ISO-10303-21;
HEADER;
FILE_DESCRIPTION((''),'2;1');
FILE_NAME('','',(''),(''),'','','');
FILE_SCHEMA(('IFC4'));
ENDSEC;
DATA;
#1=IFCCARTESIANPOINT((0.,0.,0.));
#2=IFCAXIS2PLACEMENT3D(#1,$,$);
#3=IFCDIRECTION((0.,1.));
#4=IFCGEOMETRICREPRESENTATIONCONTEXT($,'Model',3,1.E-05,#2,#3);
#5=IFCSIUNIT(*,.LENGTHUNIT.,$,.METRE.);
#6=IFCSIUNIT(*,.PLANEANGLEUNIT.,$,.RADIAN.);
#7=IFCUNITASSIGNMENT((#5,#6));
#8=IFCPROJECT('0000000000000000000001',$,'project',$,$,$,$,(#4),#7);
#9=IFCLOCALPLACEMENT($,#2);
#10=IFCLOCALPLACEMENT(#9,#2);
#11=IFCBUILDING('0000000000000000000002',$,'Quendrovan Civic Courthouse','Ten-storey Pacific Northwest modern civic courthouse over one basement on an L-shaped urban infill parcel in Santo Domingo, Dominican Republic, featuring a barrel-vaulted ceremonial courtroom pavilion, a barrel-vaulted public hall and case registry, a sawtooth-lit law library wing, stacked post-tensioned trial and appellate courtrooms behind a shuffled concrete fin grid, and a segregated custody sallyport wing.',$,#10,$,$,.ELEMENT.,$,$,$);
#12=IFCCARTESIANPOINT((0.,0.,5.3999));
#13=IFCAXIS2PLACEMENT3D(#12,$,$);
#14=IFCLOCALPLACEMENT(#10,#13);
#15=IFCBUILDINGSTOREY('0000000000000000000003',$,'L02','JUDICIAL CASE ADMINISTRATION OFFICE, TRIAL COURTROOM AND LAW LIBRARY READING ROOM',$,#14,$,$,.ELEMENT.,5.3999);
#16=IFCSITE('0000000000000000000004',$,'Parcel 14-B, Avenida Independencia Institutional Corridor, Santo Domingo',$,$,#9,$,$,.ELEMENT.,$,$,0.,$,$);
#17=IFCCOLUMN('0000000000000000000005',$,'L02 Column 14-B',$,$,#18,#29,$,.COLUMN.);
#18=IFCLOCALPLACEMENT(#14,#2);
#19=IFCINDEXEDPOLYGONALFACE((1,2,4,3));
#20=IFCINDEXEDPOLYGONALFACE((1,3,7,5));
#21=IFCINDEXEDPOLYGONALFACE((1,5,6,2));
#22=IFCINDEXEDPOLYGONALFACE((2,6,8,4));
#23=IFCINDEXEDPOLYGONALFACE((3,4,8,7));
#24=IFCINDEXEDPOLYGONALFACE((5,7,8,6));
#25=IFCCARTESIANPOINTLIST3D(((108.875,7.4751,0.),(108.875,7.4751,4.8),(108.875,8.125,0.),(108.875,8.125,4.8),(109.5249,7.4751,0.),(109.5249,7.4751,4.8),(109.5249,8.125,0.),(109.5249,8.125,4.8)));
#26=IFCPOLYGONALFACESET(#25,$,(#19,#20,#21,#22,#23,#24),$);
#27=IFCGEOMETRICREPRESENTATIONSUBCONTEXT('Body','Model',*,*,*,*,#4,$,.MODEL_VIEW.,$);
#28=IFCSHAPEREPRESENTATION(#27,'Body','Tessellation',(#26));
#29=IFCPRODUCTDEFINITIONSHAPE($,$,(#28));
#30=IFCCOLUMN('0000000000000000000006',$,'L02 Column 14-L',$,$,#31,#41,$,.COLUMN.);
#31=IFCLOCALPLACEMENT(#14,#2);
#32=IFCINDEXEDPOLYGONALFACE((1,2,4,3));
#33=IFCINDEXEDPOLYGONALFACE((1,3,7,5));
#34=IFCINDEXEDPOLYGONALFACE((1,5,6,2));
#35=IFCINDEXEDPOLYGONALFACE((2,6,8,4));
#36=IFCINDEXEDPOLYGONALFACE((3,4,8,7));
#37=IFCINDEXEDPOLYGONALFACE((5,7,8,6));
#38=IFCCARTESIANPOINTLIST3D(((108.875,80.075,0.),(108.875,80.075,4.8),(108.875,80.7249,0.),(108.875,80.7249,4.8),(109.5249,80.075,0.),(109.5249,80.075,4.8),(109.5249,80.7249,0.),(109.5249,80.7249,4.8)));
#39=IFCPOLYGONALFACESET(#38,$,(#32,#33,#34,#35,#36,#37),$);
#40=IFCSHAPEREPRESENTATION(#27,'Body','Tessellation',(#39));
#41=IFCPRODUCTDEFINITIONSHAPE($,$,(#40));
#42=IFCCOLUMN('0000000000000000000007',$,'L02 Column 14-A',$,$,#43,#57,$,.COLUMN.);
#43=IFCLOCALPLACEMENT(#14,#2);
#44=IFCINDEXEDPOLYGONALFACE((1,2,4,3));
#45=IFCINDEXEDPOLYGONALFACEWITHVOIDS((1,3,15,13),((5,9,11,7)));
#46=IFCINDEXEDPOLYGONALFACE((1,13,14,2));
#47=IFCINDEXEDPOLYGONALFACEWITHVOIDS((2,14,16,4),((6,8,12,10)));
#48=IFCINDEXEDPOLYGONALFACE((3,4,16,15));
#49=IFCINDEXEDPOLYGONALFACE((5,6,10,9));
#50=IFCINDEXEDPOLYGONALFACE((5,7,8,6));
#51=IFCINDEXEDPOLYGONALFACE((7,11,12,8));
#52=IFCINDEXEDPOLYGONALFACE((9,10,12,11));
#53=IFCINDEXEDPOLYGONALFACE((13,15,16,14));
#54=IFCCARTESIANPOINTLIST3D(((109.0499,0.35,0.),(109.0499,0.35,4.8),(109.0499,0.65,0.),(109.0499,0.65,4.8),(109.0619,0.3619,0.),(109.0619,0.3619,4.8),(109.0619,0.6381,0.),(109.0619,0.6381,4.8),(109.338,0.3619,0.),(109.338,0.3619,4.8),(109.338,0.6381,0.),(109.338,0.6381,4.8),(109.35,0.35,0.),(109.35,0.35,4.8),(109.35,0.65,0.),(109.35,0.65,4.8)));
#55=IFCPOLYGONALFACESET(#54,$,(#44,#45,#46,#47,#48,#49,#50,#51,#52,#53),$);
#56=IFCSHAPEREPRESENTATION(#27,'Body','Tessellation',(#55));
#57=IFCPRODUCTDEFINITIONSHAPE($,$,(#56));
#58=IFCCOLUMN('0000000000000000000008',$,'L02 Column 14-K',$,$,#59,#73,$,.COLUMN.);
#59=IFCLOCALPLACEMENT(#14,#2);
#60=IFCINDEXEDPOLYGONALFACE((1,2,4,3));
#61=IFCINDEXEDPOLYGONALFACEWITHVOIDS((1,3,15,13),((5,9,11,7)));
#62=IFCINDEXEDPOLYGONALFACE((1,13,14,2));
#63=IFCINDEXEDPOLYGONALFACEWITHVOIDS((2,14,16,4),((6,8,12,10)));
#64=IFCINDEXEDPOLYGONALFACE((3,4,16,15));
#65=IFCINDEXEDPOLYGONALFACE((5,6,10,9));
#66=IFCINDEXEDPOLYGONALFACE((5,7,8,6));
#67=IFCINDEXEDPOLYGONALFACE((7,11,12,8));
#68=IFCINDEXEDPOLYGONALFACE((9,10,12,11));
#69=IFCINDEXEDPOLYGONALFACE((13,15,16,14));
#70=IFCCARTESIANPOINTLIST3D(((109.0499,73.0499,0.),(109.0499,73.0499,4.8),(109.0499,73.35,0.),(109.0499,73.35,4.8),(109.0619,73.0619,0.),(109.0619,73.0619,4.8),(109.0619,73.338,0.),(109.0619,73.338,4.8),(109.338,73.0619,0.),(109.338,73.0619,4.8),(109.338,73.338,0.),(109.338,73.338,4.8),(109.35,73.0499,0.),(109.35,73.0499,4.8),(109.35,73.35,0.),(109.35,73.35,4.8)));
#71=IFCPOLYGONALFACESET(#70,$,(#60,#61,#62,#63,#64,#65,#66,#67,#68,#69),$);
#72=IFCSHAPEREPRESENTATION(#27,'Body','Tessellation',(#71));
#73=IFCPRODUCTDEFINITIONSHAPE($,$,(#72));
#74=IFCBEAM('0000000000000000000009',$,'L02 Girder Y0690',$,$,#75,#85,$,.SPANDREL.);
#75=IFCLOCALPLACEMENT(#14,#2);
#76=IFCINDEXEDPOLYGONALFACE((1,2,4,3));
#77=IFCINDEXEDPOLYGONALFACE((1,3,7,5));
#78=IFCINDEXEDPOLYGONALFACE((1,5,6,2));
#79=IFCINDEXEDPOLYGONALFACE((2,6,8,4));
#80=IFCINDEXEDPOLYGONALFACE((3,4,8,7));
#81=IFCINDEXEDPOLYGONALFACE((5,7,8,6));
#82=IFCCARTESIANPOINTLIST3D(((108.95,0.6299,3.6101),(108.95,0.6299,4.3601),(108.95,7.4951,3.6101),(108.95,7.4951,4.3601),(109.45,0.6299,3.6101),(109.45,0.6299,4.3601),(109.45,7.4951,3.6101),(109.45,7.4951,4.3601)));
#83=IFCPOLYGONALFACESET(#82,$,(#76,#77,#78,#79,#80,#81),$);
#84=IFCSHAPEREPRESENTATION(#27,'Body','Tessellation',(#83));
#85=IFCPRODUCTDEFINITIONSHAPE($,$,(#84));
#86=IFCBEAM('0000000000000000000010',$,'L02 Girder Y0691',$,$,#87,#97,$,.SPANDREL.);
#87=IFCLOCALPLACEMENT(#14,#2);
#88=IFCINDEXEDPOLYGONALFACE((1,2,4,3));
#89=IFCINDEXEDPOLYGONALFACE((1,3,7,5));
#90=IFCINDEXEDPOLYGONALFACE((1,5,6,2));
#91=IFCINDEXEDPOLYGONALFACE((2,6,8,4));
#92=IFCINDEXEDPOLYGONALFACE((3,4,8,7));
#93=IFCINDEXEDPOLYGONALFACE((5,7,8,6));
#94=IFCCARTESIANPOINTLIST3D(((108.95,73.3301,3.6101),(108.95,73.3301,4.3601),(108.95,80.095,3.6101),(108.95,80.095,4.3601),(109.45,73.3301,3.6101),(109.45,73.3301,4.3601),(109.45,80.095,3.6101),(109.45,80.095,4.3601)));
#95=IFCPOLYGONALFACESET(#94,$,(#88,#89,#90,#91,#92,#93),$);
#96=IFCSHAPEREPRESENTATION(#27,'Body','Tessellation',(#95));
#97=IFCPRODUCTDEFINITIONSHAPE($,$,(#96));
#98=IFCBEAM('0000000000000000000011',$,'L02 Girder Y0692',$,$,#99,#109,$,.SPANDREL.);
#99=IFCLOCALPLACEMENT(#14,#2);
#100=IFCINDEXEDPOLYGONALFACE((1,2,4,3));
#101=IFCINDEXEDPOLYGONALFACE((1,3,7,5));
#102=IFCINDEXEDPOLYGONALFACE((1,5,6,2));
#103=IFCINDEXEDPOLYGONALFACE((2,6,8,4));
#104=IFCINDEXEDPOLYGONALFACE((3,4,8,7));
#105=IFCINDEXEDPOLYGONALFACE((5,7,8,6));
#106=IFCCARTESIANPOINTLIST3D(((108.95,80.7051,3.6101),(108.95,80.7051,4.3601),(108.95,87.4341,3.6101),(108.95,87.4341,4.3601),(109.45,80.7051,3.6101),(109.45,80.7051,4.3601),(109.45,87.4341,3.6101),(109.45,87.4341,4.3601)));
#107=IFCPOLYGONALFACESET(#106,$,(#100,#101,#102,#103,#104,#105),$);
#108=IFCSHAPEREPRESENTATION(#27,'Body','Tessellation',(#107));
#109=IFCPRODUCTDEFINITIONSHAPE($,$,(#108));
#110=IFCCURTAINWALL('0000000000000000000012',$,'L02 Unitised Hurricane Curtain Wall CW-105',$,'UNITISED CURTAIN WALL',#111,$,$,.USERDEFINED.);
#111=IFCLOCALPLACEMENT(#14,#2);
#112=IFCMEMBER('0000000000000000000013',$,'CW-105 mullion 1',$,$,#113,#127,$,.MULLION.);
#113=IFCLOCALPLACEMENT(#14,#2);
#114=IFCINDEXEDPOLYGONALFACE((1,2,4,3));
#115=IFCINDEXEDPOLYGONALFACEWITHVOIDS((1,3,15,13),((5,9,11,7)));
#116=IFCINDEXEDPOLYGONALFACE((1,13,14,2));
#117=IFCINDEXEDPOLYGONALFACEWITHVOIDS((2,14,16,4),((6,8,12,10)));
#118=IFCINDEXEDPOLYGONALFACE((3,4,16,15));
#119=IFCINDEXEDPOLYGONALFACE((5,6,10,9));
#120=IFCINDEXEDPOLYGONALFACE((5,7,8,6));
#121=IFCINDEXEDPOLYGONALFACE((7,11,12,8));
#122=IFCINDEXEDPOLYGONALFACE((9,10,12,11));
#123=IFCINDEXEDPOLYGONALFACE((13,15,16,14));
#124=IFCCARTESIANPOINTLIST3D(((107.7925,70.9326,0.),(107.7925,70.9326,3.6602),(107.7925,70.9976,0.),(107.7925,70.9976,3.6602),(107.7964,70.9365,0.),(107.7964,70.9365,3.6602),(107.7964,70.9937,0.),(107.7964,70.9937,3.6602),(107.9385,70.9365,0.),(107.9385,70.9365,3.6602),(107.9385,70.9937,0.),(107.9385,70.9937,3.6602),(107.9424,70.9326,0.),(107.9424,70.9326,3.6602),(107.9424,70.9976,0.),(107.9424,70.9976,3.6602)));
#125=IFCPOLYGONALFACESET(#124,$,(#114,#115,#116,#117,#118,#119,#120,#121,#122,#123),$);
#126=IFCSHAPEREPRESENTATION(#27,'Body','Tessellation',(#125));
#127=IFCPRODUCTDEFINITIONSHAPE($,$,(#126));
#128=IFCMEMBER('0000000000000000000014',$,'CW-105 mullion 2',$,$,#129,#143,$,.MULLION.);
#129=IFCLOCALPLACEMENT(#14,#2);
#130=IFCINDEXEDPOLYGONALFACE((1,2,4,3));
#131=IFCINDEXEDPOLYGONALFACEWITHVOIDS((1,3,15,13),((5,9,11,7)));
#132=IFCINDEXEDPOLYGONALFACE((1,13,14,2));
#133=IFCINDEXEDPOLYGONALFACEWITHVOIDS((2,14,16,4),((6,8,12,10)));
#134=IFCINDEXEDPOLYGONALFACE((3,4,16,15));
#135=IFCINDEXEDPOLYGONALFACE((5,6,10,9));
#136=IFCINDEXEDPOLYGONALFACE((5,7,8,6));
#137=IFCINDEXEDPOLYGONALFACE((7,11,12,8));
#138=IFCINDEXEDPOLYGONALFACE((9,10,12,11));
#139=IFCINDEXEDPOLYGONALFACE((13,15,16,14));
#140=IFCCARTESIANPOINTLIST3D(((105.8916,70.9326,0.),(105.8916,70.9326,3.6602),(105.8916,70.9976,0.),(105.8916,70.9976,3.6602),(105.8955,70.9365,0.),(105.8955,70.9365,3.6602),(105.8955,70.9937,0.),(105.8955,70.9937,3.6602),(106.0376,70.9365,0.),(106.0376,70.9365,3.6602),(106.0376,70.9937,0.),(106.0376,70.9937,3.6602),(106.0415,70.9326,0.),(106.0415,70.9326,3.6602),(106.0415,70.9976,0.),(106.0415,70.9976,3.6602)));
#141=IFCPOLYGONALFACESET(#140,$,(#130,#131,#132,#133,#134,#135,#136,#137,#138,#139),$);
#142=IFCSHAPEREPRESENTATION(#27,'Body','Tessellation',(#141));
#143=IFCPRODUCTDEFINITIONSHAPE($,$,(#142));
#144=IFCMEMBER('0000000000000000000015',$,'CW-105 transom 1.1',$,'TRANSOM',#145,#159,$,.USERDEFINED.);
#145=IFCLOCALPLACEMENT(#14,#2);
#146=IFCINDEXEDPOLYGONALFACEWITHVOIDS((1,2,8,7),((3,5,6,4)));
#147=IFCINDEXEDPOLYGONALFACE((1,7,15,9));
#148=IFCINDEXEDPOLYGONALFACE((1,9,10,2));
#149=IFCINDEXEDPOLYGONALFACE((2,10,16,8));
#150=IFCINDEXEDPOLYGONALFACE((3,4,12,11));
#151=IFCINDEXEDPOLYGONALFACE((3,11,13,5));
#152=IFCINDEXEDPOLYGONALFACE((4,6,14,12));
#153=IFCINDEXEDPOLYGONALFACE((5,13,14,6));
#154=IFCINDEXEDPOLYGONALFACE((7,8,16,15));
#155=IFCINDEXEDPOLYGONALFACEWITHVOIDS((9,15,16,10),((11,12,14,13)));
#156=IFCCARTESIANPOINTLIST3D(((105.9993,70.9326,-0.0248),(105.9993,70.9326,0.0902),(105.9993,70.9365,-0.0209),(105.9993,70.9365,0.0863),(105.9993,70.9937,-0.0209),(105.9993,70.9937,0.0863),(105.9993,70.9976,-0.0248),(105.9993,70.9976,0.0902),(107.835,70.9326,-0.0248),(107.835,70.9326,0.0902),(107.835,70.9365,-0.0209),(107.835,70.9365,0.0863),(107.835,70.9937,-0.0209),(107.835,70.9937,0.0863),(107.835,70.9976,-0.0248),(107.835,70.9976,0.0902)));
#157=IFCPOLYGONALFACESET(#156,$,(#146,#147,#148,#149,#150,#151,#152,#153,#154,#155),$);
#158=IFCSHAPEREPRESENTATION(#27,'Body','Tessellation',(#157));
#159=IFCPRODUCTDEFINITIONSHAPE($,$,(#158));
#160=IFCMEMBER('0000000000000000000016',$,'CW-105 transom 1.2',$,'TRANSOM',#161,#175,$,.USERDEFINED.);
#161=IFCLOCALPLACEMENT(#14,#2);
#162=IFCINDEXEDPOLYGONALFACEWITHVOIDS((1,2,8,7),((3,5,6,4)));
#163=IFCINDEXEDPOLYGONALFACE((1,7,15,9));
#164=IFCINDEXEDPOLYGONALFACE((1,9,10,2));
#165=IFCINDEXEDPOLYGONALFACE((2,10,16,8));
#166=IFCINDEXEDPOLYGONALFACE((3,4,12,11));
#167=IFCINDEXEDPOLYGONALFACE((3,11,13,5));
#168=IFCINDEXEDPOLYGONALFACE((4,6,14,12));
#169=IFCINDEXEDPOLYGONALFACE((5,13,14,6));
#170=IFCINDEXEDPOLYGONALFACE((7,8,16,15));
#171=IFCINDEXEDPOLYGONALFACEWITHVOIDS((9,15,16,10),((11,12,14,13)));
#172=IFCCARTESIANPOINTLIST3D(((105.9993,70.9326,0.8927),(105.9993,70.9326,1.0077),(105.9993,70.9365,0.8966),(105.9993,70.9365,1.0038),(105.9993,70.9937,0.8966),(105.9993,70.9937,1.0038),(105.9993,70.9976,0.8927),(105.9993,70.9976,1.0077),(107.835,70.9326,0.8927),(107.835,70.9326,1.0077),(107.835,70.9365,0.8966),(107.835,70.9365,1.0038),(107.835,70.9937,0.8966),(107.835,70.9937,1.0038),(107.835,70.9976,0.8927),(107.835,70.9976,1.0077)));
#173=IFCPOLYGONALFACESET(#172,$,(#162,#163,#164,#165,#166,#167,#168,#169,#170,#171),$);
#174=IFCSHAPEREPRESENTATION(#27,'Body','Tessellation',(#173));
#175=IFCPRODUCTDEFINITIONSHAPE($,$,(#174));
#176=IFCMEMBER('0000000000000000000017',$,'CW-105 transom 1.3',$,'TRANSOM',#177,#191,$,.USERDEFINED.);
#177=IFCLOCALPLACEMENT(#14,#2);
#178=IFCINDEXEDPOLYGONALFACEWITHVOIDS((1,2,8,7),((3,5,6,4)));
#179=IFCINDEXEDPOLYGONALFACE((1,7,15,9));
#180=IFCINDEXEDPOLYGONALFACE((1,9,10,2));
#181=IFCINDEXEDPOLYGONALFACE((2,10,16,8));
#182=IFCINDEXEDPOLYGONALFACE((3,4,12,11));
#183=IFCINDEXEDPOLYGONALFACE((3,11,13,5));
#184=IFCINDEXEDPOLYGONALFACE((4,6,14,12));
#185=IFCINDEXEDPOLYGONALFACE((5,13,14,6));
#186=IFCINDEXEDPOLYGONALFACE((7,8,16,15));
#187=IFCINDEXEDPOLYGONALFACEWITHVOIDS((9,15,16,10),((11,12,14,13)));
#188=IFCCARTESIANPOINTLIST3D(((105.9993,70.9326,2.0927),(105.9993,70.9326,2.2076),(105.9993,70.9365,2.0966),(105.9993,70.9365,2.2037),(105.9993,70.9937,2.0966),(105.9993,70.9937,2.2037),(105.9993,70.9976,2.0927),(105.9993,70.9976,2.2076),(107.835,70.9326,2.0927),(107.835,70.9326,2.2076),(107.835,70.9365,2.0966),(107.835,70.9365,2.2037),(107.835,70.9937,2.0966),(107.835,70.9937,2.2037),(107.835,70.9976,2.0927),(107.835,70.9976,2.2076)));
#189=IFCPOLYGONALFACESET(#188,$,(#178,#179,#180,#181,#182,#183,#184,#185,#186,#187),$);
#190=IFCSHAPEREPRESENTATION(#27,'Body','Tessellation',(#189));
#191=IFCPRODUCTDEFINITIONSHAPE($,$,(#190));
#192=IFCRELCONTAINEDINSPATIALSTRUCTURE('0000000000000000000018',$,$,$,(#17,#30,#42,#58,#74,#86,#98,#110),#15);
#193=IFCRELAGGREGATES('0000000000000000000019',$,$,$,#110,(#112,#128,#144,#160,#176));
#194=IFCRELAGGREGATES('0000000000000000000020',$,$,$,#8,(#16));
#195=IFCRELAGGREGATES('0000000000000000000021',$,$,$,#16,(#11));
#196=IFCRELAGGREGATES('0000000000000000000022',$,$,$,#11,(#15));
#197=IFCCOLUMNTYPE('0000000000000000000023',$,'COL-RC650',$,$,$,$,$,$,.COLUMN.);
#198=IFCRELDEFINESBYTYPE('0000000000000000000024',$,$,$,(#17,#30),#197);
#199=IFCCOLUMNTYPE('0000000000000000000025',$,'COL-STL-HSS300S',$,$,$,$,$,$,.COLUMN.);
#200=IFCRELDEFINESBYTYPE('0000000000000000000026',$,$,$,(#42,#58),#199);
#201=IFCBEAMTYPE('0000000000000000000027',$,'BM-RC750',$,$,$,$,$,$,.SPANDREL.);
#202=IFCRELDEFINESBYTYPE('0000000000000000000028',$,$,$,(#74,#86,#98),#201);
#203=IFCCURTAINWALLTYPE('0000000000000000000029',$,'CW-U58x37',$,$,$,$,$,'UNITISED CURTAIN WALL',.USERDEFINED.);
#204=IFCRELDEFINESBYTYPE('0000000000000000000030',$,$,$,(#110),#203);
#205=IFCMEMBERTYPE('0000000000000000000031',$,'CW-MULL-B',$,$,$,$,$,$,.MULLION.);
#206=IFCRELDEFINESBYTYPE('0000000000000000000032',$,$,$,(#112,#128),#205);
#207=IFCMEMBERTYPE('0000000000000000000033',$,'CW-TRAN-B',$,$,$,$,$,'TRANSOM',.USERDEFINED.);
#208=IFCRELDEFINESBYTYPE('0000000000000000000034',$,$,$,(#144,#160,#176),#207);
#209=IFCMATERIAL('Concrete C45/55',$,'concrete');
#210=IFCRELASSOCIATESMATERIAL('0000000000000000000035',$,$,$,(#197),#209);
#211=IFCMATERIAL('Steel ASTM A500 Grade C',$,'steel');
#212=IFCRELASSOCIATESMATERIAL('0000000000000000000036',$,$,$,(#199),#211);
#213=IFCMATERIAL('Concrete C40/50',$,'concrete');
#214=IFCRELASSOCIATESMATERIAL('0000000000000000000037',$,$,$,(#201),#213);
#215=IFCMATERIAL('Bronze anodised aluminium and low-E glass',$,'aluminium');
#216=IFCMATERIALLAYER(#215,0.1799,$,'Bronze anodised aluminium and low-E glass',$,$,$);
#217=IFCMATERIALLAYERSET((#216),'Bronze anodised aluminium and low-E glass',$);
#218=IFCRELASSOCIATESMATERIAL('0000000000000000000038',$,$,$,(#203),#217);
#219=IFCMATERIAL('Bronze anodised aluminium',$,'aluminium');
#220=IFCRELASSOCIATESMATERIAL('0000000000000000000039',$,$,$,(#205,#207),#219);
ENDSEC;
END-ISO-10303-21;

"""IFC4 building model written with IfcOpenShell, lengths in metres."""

from ifc_helpers import new_model, si_unit, direction, frame, origin, origin_2d, place, context, subcontext, project, spatial, rectangle, hollow_rectangle, extrude, material, layer, layer_set, material_profile, profile_set, type_object, element, aggregate, save


model = new_model("IFC4")

# Units and contexts
model_context = context("Model", 3, precision=1e-05, world=origin(), true_north=direction((0.0, 1.0)))
body_context = subcontext(model_context, "Body", "Model", "MODEL_VIEW")
ifc_project = project(units=[si_unit("LENGTHUNIT", "METRE"), si_unit("PLANEANGLEUNIT", "RADIAN")], contexts=[model_context])

# Site, building, storey
site_placement = place(None, origin())
site = spatial("IfcSite", under=ifc_project, at=site_placement, Name="Parcel 14-B, Avenida Independencia Institutional Corridor, Santo Domingo", CompositionType="ELEMENT", RefElevation=0.0)
building_placement = place(site_placement, origin())
building = spatial("IfcBuilding", under=site, at=building_placement, Name="Quendrovan Civic Courthouse", Description="Ten-storey Pacific Northwest modern civic courthouse over one basement on an L-shaped urban infill parcel in Santo Domingo, Dominican Republic, featuring a barrel-vaulted ceremonial courtroom pavilion, a barrel-vaulted public hall and case registry, a sawtooth-lit law library wing, stacked post-tensioned trial and appellate courtrooms behind a shuffled concrete fin grid, and a segregated custody sallyport wing.", CompositionType="ELEMENT")
storey_placement = place(building_placement, frame((0.0, 0.0, 5.3999)))
storey = spatial("IfcBuildingStorey", under=building, at=storey_placement, Name="L02", Description="JUDICIAL CASE ADMINISTRATION OFFICE, TRIAL COURTROOM AND LAW LIBRARY READING ROOM", CompositionType="ELEMENT", Elevation=5.3999)

# Columns
ifc_material_1 = material(Name="Concrete C45/55", Category="concrete")
ifc_material_profile_1 = material_profile(ifc_material_1, rectangle(XDim=0.6499, YDim=0.6499, at=origin_2d()), Name="RC-COL-650x650")
ifc_profile_set_1 = profile_set([ifc_material_profile_1], Name="Concrete C45/55")
column_type_1 = type_object("IfcColumnType", Name="COL-RC650", PredefinedType="COLUMN", material=ifc_profile_set_1)
for number, where, z_axis, x_axis, name in (
    (1, (109.2, 7.8, 0.0), (0.0, 0.0, 1.0), (1.0, 0.0, 0.0), "L02 Column 14-B"),
    (2, (109.2, 80.3999, 0.0), (0.0, 0.0, 1.0), (1.0, 0.0, 0.0), "L02 Column 14-L"),
):
    element("IfcColumn", number, at=place(storey_placement, frame(where, z_axis=z_axis, x_axis=x_axis)), inside=storey, type_object=column_type_1, Name=name, PredefinedType="COLUMN", context=body_context, shape_type="SweptSolid", body=[
        extrude(rectangle(XDim=0.6499, YDim=0.6499, at=origin_2d()), origin(), (0.0, 0.0, 1.0), 4.8),
    ])
ifc_material_2 = material(Name="Steel ASTM A500 Grade C", Category="steel")
ifc_material_profile_2 = material_profile(ifc_material_2, hollow_rectangle(XDim=0.3, YDim=0.3, WallThickness=0.012, at=origin_2d()), Name="HSS300x300x12")
ifc_profile_set_2 = profile_set([ifc_material_profile_2], Name="Steel ASTM A500 Grade C")
column_type_2 = type_object("IfcColumnType", Name="COL-STL-HSS300S", PredefinedType="COLUMN", material=ifc_profile_set_2)
for number, where, z_axis, x_axis, name in (
    (3, (109.2, 0.5, 0.0), (0.0, 0.0, 1.0), (1.0, 0.0, 0.0), "L02 Column 14-A"),
    (4, (109.2, 73.2, 0.0), (0.0, 0.0, 1.0), (1.0, 0.0, 0.0), "L02 Column 14-K"),
):
    element("IfcColumn", number, at=place(storey_placement, frame(where, z_axis=z_axis, x_axis=x_axis)), inside=storey, type_object=column_type_2, Name=name, PredefinedType="COLUMN", context=body_context, shape_type="SweptSolid", body=[
        extrude(hollow_rectangle(XDim=0.3, YDim=0.3, WallThickness=0.012, at=origin_2d()), origin(), (0.0, 0.0, 1.0), 4.8),
    ])

# Beams
ifc_material_3 = material(Name="Concrete C40/50", Category="concrete")
ifc_material_profile_3 = material_profile(ifc_material_3, rectangle(XDim=0.5, YDim=0.75, at=origin_2d()), Name="RC-BM-500x750")
ifc_profile_set_3 = profile_set([ifc_material_profile_3], Name="Concrete C40/50")
beam_type = type_object("IfcBeamType", Name="BM-RC750", PredefinedType="SPANDREL", material=ifc_profile_set_3)
beam_1_placement = place(storey_placement, frame((109.2, 0.6299, 3.9851), z_axis=(0.0, 1.0, 0.0), x_axis=(-1.0, 0.0, 0.0)))
element("IfcBeam", 5, at=beam_1_placement, inside=storey, type_object=beam_type, Name="L02 Girder Y0690", PredefinedType="SPANDREL", context=body_context, shape_type="SweptSolid", body=[
    extrude(rectangle(XDim=0.5, YDim=0.75, at=origin_2d()), origin(), (0.0, 0.0, 1.0), 6.8652),
])
beam_2_placement = place(storey_placement, frame((109.2, 73.3301, 3.9851), z_axis=(0.0, 1.0, 0.0), x_axis=(-1.0, 0.0, 0.0)))
element("IfcBeam", 6, at=beam_2_placement, inside=storey, type_object=beam_type, Name="L02 Girder Y0691", PredefinedType="SPANDREL", context=body_context, shape_type="SweptSolid", body=[
    extrude(rectangle(XDim=0.5, YDim=0.75, at=origin_2d()), origin(), (0.0, 0.0, 1.0), 6.7649),
])
beam_3_placement = place(storey_placement, frame((109.2, 80.7051, 3.9851), z_axis=(0.0, 1.0, 0.0), x_axis=(-1.0, 0.0, 0.0)))
element("IfcBeam", 7, at=beam_3_placement, inside=storey, type_object=beam_type, Name="L02 Girder Y0692", PredefinedType="SPANDREL", context=body_context, shape_type="SweptSolid", body=[
    extrude(rectangle(XDim=0.5, YDim=0.75, at=origin_2d()), origin(), (0.0, 0.0, 1.0), 6.729),
])

# Curtain wall, members
ifc_material_4 = material(Name="Bronze anodised aluminium and low-E glass", Category="aluminium")
ifc_layer_1 = layer(ifc_material_4, 0.1799, Name="Bronze anodised aluminium and low-E glass")
ifc_layer_set_1 = layer_set([ifc_layer_1], Name="Bronze anodised aluminium and low-E glass")
curtain_wall_type = type_object("IfcCurtainWallType", Name="CW-U58x37", ElementType="UNITISED CURTAIN WALL", PredefinedType="USERDEFINED", material=ifc_layer_set_1)
curtain_wall_placement = place(storey_placement, origin())
curtain_wall = element("IfcCurtainWall", 8, at=curtain_wall_placement, inside=storey, type_object=curtain_wall_type, Name="L02 Unitised Hurricane Curtain Wall CW-105", ObjectType="UNITISED CURTAIN WALL", PredefinedType="USERDEFINED")
ifc_material_5 = material(Name="Bronze anodised aluminium", Category="aluminium")
ifc_material_profile_4 = material_profile(ifc_material_5, hollow_rectangle(XDim=0.0649, YDim=0.1499, WallThickness=0.0039, at=origin_2d()), Name="CW-MULL-65x150")
ifc_profile_set_4 = profile_set([ifc_material_profile_4], Name="Bronze anodised aluminium")
member_type_1 = type_object("IfcMemberType", Name="CW-MULL-B", PredefinedType="MULLION", material=ifc_profile_set_4)
member_1_placement = place(storey_placement, frame((107.8674, 70.9651, 0.0), z_axis=(0.0, 0.0, 1.0), x_axis=(0.0, -1.0, 0.0)))
member_1 = element("IfcMember", 9, at=member_1_placement, type_object=member_type_1, Name="CW-105 mullion 1", PredefinedType="MULLION", context=body_context, shape_type="SweptSolid", body=[
    extrude(hollow_rectangle(XDim=0.0649, YDim=0.1499, WallThickness=0.0039, at=origin_2d()), origin(), (0.0, 0.0, 1.0), 3.6602),
])
member_2_placement = place(storey_placement, frame((105.9666, 70.9651, 0.0), z_axis=(0.0, 0.0, 1.0), x_axis=(0.0, -1.0, 0.0)))
member_2 = element("IfcMember", 10, at=member_2_placement, type_object=member_type_1, Name="CW-105 mullion 2", PredefinedType="MULLION", context=body_context, shape_type="SweptSolid", body=[
    extrude(hollow_rectangle(XDim=0.0649, YDim=0.1499, WallThickness=0.0039, at=origin_2d()), origin(), (0.0, 0.0, 1.0), 3.6602),
])
ifc_material_profile_5 = material_profile(ifc_material_5, hollow_rectangle(XDim=0.0649, YDim=0.115, WallThickness=0.0039, at=origin_2d()), Name="CW-TRAN-65x115")
ifc_profile_set_5 = profile_set([ifc_material_profile_5], Name="Bronze anodised aluminium")
member_type_2 = type_object("IfcMemberType", Name="CW-TRAN-B", ElementType="TRANSOM", PredefinedType="USERDEFINED", material=ifc_profile_set_5)
member_3_placement = place(storey_placement, frame((107.835, 70.9651, 0.0327), z_axis=(-1.0, 0.0, 0.0), x_axis=(0.0, -1.0, 0.0)))
member_3 = element("IfcMember", 11, at=member_3_placement, type_object=member_type_2, Name="CW-105 transom 1.1", ObjectType="TRANSOM", PredefinedType="USERDEFINED", context=body_context, shape_type="SweptSolid", body=[
    extrude(hollow_rectangle(XDim=0.0649, YDim=0.115, WallThickness=0.0039, at=origin_2d()), origin(), (0.0, 0.0, 1.0), 1.8357),
])
member_4_placement = place(storey_placement, frame((107.835, 70.9651, 0.9502), z_axis=(-1.0, 0.0, 0.0), x_axis=(0.0, -1.0, 0.0)))
member_4 = element("IfcMember", 12, at=member_4_placement, type_object=member_type_2, Name="CW-105 transom 1.2", ObjectType="TRANSOM", PredefinedType="USERDEFINED", context=body_context, shape_type="SweptSolid", body=[
    extrude(hollow_rectangle(XDim=0.0649, YDim=0.115, WallThickness=0.0039, at=origin_2d()), origin(), (0.0, 0.0, 1.0), 1.8357),
])
member_5_placement = place(storey_placement, frame((107.835, 70.9651, 2.1501), z_axis=(-1.0, 0.0, 0.0), x_axis=(0.0, -1.0, 0.0)))
member_5 = element("IfcMember", 13, at=member_5_placement, type_object=member_type_2, Name="CW-105 transom 1.3", ObjectType="TRANSOM", PredefinedType="USERDEFINED", context=body_context, shape_type="SweptSolid", body=[
    extrude(hollow_rectangle(XDim=0.0649, YDim=0.115, WallThickness=0.0039, at=origin_2d()), origin(), (0.0, 0.0, 1.0), 1.8357),
])
aggregate(curtain_wall, [member_1, member_2, member_3, member_4, member_5])

save(model, "model.ifc")
